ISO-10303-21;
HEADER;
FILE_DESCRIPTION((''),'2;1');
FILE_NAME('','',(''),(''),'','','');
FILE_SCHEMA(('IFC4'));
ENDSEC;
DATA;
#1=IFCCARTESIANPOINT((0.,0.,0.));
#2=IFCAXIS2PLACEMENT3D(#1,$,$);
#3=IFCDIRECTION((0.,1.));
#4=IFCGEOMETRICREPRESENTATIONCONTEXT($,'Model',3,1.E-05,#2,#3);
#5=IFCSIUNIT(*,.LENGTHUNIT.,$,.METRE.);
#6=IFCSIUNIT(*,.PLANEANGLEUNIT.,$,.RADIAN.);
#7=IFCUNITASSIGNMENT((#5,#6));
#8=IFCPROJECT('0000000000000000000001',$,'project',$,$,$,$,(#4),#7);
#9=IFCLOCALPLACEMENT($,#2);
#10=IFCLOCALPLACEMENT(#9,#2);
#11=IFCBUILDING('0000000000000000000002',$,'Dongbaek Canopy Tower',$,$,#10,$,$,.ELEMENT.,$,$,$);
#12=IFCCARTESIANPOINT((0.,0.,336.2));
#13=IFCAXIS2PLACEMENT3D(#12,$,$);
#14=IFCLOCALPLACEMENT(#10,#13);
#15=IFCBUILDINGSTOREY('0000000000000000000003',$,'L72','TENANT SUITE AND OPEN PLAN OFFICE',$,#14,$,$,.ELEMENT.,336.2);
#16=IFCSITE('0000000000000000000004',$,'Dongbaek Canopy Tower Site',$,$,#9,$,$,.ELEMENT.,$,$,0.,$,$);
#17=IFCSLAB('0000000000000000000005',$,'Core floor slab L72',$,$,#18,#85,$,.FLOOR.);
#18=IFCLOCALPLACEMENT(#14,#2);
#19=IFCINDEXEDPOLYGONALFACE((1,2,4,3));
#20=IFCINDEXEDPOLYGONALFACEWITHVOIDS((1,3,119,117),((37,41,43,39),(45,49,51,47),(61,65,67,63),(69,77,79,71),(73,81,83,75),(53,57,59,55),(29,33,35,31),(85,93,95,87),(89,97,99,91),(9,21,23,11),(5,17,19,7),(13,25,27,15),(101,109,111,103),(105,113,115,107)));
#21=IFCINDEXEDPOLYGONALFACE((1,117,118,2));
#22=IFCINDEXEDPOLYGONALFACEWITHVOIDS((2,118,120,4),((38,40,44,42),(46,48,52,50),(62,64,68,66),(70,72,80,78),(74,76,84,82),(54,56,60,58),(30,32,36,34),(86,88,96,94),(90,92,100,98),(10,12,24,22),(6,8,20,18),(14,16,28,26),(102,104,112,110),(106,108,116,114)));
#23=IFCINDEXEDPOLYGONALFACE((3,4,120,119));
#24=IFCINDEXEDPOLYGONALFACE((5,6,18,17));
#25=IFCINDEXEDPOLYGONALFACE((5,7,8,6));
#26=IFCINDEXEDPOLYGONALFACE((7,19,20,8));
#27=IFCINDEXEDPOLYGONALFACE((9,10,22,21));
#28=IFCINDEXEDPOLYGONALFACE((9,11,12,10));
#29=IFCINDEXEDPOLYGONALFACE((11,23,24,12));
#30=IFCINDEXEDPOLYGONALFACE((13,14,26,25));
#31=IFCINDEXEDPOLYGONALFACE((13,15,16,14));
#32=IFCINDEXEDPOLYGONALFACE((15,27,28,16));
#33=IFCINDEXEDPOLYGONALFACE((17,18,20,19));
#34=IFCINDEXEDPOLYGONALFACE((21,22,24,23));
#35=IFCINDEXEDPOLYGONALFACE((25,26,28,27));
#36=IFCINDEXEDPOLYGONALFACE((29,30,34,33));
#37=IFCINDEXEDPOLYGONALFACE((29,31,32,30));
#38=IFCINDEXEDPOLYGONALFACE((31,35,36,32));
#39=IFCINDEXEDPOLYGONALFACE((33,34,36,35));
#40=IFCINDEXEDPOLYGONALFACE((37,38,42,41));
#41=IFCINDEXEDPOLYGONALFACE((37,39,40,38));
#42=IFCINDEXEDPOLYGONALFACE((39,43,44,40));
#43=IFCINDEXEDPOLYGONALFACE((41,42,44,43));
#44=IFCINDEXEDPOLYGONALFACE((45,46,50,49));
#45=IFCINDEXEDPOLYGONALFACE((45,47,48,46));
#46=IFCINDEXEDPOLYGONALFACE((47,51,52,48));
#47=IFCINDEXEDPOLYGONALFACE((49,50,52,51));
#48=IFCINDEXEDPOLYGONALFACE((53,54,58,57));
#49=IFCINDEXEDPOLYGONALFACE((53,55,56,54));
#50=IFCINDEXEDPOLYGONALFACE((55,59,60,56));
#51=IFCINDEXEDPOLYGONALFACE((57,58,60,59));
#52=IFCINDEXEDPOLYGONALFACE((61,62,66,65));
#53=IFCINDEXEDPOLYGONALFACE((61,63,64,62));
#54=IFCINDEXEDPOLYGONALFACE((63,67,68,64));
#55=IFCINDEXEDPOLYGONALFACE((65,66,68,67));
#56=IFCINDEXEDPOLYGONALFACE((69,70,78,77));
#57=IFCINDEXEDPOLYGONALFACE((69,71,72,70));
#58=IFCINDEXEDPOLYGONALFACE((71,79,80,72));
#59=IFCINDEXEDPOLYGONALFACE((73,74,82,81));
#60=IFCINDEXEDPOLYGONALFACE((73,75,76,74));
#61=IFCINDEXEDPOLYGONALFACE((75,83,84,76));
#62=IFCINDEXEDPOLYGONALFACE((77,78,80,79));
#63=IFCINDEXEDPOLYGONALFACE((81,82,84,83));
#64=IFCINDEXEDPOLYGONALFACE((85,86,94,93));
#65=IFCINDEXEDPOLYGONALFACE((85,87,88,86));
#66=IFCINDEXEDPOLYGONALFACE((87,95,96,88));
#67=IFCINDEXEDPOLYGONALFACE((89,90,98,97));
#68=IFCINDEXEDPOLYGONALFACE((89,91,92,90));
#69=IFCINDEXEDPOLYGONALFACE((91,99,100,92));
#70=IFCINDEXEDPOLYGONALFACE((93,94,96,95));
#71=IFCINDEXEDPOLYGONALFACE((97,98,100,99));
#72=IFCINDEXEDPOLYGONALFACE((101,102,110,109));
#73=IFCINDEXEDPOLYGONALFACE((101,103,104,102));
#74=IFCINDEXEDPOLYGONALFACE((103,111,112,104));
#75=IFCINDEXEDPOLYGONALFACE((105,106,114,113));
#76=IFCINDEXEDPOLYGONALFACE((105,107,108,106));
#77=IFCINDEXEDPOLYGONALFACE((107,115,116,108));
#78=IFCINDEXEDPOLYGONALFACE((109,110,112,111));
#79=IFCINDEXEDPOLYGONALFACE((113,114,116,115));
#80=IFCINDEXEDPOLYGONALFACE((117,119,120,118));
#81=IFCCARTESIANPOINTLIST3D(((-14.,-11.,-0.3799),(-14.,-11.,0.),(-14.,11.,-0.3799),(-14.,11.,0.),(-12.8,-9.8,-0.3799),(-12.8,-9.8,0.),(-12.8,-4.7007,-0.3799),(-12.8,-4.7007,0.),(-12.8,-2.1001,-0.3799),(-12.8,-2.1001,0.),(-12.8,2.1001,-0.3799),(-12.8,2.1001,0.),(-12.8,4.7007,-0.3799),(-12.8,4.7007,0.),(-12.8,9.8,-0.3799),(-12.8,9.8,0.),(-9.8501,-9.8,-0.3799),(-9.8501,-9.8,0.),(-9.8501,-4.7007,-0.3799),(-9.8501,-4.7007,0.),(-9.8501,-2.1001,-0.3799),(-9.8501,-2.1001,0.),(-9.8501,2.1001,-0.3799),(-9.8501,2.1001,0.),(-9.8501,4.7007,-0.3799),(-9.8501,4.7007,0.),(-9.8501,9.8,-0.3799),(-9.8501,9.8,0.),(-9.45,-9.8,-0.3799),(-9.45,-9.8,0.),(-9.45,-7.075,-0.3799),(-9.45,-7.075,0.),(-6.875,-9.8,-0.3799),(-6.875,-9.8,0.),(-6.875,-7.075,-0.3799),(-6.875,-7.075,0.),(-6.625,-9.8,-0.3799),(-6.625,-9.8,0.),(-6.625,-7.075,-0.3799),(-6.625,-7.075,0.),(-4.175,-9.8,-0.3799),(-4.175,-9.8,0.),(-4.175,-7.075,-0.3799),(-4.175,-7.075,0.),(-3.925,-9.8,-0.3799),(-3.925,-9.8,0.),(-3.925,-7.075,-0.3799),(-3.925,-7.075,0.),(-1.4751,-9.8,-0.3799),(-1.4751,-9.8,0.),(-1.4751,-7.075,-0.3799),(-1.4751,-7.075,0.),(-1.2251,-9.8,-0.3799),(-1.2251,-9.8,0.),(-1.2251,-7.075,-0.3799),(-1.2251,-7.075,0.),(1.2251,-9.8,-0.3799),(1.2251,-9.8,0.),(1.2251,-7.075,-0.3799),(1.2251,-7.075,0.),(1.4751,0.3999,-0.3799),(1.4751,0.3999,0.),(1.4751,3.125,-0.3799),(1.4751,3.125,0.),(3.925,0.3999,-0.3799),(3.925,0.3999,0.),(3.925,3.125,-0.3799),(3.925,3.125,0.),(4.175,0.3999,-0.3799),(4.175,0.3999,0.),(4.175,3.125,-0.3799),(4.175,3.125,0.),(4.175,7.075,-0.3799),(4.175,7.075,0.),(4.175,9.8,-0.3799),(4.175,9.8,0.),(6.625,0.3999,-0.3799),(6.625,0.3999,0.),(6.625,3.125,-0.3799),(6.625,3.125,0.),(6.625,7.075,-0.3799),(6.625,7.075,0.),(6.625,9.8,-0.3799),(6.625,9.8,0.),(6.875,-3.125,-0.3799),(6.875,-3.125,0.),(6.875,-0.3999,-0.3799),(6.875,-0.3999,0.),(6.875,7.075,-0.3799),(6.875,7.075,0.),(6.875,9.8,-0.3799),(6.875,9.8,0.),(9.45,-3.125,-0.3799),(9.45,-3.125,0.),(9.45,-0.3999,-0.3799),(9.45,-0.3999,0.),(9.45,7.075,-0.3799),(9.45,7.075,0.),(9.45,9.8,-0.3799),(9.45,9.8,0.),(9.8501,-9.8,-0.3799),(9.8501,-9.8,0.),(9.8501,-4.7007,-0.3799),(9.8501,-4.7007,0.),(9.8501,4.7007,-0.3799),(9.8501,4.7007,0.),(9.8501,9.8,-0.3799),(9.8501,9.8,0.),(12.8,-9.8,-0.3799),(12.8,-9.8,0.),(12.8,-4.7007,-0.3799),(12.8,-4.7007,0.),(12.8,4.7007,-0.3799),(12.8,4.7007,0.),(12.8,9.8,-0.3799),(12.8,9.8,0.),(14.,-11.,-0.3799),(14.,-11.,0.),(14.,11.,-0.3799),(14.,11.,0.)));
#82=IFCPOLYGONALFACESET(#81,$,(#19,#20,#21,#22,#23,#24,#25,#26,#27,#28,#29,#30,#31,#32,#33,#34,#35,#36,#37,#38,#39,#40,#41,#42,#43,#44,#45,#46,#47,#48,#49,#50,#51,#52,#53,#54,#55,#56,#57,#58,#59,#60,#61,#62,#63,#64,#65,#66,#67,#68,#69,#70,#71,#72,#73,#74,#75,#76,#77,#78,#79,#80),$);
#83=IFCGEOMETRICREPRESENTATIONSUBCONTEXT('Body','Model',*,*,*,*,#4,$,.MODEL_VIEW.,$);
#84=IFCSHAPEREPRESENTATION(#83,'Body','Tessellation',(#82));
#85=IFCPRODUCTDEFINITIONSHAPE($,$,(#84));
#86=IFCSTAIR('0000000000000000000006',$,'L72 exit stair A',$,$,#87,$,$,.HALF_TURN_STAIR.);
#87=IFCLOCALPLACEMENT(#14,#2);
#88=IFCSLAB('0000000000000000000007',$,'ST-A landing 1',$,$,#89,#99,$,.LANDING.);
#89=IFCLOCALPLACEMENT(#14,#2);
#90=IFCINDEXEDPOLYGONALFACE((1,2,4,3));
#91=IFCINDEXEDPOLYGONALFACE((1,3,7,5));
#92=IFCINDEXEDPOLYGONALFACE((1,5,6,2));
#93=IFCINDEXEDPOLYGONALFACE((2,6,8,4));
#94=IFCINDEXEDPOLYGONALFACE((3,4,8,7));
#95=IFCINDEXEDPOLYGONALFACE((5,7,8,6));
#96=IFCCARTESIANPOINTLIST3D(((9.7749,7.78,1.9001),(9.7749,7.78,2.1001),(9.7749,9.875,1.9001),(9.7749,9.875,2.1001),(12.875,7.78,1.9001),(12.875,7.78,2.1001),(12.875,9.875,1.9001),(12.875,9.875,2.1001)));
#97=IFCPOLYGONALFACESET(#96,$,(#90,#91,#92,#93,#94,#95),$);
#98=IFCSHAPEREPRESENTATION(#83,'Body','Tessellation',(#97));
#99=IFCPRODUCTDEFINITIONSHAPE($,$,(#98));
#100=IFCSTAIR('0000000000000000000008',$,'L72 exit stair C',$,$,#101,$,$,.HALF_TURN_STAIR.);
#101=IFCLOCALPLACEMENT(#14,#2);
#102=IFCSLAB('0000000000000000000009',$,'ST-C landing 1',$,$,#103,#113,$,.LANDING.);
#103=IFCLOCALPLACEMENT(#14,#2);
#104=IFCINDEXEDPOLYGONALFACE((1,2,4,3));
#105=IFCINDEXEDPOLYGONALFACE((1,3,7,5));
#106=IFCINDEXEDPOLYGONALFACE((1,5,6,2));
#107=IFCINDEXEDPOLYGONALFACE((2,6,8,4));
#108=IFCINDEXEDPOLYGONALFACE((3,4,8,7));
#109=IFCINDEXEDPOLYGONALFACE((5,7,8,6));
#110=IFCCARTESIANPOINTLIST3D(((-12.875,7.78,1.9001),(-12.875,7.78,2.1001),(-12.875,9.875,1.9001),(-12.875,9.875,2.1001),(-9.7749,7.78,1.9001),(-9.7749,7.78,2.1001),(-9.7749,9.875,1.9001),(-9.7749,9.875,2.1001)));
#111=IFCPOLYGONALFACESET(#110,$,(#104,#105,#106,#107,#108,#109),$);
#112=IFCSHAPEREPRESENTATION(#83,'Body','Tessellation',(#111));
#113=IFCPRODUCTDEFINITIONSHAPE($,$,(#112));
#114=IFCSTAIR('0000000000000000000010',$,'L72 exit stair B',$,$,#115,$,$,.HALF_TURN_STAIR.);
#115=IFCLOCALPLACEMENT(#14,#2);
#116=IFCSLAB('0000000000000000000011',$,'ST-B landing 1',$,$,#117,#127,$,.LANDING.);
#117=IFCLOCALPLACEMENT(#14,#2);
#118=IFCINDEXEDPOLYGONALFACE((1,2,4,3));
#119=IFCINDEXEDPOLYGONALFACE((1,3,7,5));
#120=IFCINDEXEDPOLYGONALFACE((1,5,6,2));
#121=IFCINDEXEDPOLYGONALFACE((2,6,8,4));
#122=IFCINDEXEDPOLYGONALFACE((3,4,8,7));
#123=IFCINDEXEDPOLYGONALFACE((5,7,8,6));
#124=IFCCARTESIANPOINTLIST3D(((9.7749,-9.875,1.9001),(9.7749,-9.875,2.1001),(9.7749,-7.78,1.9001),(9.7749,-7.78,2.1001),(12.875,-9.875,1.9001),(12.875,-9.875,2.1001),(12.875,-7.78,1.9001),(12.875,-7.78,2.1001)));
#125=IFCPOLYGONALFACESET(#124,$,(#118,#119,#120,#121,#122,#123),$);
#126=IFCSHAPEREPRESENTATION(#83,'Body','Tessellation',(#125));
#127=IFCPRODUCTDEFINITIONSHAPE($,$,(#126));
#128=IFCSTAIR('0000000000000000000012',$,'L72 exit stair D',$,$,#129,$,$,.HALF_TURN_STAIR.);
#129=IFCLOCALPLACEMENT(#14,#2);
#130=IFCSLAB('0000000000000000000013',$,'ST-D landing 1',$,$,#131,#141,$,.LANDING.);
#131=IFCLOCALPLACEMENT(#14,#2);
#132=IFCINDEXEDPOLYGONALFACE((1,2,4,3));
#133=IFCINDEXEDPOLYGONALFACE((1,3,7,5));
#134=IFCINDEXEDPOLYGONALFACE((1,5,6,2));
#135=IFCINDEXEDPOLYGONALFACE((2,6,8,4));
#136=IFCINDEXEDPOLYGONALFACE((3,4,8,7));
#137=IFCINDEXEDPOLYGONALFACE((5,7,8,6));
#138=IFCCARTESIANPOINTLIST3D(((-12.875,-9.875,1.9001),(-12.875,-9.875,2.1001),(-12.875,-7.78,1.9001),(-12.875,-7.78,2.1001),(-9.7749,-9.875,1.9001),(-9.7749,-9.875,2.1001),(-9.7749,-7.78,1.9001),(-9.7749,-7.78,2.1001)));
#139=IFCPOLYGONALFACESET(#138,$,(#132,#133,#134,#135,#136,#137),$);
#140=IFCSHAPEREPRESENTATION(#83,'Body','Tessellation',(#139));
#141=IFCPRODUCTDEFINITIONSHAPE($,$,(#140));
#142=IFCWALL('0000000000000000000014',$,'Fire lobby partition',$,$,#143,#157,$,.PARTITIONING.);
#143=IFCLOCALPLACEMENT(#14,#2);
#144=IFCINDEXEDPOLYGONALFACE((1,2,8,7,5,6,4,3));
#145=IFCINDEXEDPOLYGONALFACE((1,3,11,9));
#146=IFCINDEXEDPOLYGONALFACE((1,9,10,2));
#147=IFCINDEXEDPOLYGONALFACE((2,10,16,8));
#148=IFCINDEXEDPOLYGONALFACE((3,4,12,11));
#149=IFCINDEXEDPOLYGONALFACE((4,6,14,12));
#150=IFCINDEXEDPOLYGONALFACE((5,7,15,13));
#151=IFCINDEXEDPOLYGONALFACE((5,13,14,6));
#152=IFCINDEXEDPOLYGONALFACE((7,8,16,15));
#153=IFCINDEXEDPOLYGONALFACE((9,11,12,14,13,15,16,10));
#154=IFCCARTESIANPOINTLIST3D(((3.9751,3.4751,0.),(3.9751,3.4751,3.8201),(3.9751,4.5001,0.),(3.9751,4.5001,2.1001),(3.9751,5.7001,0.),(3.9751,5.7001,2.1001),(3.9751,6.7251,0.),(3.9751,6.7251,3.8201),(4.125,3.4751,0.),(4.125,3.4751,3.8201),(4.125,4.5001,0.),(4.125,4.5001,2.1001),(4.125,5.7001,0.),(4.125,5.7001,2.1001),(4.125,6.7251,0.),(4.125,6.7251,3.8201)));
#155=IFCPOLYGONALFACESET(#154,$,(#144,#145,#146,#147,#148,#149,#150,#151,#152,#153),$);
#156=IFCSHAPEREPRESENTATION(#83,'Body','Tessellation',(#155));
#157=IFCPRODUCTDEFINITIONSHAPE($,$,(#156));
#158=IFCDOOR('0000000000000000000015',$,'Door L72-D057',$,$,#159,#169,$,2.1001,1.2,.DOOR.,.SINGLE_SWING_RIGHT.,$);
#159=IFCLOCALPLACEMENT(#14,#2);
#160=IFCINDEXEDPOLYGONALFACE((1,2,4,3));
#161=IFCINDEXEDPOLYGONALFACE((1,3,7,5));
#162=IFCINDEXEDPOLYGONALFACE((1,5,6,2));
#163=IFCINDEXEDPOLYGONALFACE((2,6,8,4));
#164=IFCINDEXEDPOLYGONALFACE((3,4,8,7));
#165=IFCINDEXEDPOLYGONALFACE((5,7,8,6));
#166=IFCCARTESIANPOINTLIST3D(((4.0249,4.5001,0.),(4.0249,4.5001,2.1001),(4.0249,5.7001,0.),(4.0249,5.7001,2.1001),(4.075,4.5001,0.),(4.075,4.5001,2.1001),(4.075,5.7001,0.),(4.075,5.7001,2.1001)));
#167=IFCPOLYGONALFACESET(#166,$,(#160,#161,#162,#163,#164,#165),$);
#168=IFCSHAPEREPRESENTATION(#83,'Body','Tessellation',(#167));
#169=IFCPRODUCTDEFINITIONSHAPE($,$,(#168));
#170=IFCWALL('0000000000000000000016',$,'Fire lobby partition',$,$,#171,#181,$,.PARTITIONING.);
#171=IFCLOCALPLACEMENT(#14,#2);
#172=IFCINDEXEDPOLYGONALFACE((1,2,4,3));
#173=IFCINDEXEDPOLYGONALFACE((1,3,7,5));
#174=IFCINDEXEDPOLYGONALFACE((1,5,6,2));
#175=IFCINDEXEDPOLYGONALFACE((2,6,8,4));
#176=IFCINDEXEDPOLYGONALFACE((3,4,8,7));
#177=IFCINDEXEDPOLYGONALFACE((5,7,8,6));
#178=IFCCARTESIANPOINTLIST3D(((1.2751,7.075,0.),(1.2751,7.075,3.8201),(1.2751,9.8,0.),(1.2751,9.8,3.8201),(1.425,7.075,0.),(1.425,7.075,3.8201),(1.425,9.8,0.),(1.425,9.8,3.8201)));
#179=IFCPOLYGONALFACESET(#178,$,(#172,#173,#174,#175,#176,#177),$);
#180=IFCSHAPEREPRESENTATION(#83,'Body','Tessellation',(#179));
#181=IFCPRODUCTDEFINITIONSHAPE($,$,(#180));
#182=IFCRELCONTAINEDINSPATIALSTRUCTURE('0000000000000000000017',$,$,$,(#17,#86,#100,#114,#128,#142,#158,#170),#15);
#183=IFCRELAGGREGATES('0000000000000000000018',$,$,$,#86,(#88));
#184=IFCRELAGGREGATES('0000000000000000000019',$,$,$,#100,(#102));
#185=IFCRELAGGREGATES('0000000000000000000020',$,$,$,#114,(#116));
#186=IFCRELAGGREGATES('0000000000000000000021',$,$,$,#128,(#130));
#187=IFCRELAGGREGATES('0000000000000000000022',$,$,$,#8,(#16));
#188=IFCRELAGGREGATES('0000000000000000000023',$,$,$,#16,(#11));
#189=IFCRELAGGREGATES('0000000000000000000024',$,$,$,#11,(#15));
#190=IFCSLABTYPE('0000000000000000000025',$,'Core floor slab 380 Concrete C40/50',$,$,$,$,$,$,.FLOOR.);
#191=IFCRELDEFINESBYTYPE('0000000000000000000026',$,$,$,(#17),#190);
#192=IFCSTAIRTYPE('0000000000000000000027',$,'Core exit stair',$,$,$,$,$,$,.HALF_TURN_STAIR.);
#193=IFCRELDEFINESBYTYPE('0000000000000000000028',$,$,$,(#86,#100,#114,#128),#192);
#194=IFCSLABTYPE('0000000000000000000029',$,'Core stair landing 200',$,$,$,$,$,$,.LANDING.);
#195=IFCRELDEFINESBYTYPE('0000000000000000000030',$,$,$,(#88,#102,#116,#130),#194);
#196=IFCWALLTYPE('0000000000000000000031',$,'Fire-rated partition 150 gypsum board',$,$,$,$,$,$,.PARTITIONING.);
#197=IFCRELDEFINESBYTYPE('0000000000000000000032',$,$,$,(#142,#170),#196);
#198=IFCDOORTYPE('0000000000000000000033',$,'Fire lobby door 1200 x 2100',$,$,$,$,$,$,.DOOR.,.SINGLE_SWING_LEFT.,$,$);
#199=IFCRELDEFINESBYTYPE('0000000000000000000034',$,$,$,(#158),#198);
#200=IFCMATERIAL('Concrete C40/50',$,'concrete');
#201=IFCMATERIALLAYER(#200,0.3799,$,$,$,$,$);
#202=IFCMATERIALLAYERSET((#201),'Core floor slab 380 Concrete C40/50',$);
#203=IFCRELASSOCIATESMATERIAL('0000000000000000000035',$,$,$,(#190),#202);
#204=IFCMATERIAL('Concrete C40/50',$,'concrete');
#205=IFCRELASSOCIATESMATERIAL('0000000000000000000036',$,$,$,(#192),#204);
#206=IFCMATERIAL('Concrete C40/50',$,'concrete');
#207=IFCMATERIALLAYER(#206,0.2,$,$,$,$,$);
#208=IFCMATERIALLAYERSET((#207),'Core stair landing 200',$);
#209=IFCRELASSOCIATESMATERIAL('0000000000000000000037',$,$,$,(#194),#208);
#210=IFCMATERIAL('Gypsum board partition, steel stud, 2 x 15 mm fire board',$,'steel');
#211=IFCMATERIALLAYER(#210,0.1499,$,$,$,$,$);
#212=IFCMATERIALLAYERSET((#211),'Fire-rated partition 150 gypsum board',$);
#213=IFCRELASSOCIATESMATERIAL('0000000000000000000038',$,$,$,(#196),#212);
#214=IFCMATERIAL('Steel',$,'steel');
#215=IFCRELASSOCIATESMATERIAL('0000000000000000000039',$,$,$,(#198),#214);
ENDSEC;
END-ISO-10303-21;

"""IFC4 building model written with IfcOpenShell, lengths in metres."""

from ifc_helpers import new_model, si_unit, direction, frame, frame_2d, origin, place, context, subcontext, project, spatial, polyline, rectangle, outline, extrude, material, layer, layer_set, type_object, element, fill, aggregate, save


model = new_model("IFC4")

# Units and contexts
model_context = context("Model", 3, precision=1e-05, world=origin(), true_north=direction((0.0, 1.0)))
body_context = subcontext(model_context, "Body", "Model", "MODEL_VIEW")
ifc_project = project(units=[si_unit("LENGTHUNIT", "METRE"), si_unit("PLANEANGLEUNIT", "RADIAN")], contexts=[model_context])

# Site, building, storey
site_placement = place(None, origin())
site = spatial("IfcSite", under=ifc_project, at=site_placement, Name="Dongbaek Canopy Tower Site", CompositionType="ELEMENT", RefElevation=0.0)
building_placement = place(site_placement, origin())
building = spatial("IfcBuilding", under=site, at=building_placement, Name="Dongbaek Canopy Tower", CompositionType="ELEMENT")
storey_placement = place(building_placement, frame((0.0, 0.0, 336.2)))
storey = spatial("IfcBuildingStorey", under=building, at=storey_placement, Name="L72", Description="TENANT SUITE AND OPEN PLAN OFFICE", CompositionType="ELEMENT", Elevation=336.2)

# Slab
ifc_material_1 = material(Name="Concrete C40/50", Category="concrete")
ifc_layer_1 = layer(ifc_material_1, 0.3799)
ifc_layer_set_1 = layer_set([ifc_layer_1], Name="Core floor slab 380 Concrete C40/50")
slab_type_1 = type_object("IfcSlabType", Name="Core floor slab 380 Concrete C40/50", PredefinedType="FLOOR", material=ifc_layer_set_1)
slab_1_placement = place(storey_placement, frame((0.0, 0.0, -0.3799)))
element("IfcSlab", 1, at=slab_1_placement, inside=storey, type_object=slab_type_1, Name="Core floor slab L72", PredefinedType="FLOOR", context=body_context, shape_type="SweptSolid", body=[
    extrude(outline(polyline([(14.0, -11.0), (14.0, 11.0), (-14.0, 11.0), (-14.0, -11.0), (14.0, -11.0)]), holes=[polyline([(-12.8, 2.1001), (-9.8501, 2.1001), (-9.8501, -2.1001), (-12.8, -2.1001), (-12.8, 2.1001)]), polyline([(6.625, 9.8), (6.625, 7.075), (4.175, 7.075), (4.175, 9.8), (6.625, 9.8)]), polyline([(9.45, 7.075), (6.875, 7.075), (6.875, 9.8), (9.45, 9.8), (9.45, 7.075)]), polyline([(1.4751, 0.3999), (1.4751, 3.125), (3.925, 3.125), (3.925, 0.3999), (1.4751, 0.3999)]), polyline([(4.175, 0.3999), (4.175, 3.125), (6.625, 3.125), (6.625, 0.3999), (4.175, 0.3999)]), polyline([(9.45, -3.125), (6.875, -3.125), (6.875, -0.3999), (9.45, -0.3999), (9.45, -3.125)]), polyline([(-9.45, -7.075), (-6.875, -7.075), (-6.875, -9.8), (-9.45, -9.8), (-9.45, -7.075)]), polyline([(-6.625, -9.8), (-6.625, -7.075), (-4.175, -7.075), (-4.175, -9.8), (-6.625, -9.8)]), polyline([(-3.925, -9.8), (-3.925, -7.075), (-1.4751, -7.075), (-1.4751, -9.8), (-3.925, -9.8)]), polyline([(-1.2251, -9.8), (-1.2251, -7.075), (1.2251, -7.075), (1.2251, -9.8), (-1.2251, -9.8)]), polyline([(12.8, 4.7007), (12.8, 9.8), (9.8501, 9.8), (9.8501, 4.7007), (12.8, 4.7007)]), polyline([(-9.8501, 4.7007), (-9.8501, 9.8), (-12.8, 9.8), (-12.8, 4.7007), (-9.8501, 4.7007)]), polyline([(9.8501, -4.7007), (9.8501, -9.8), (12.8, -9.8), (12.8, -4.7007), (9.8501, -4.7007)]), polyline([(-12.8, -4.7007), (-12.8, -9.8), (-9.8501, -9.8), (-9.8501, -4.7007), (-12.8, -4.7007)])]), origin(), (0.0, 0.0, 1.0), 0.3799),
])

# Stairs, slabs
ifc_material_2 = material(Name="Concrete C40/50", Category="concrete")
stair_type = type_object("IfcStairType", Name="Core exit stair", PredefinedType="HALF_TURN_STAIR", material=ifc_material_2)
stair_1_placement = place(storey_placement, origin())
stair_1 = element("IfcStair", 2, at=stair_1_placement, inside=storey, type_object=stair_type, Name="L72 exit stair A", PredefinedType="HALF_TURN_STAIR")
ifc_material_3 = material(Name="Concrete C40/50", Category="concrete")
ifc_layer_2 = layer(ifc_material_3, 0.2)
ifc_layer_set_2 = layer_set([ifc_layer_2], Name="Core stair landing 200")
slab_type_2 = type_object("IfcSlabType", Name="Core stair landing 200", PredefinedType="LANDING", material=ifc_layer_set_2)
slab_2_placement = place(storey_placement, frame((0.0, 0.0, 1.9001)))
slab_2 = element("IfcSlab", 3, at=slab_2_placement, type_object=slab_type_2, Name="ST-A landing 1", PredefinedType="LANDING", context=body_context, shape_type="SweptSolid", body=[
    extrude(outline(polyline([(12.875, 7.78), (12.875, 9.875), (9.7749, 9.875), (9.7749, 7.78), (12.875, 7.78)])), origin(), (0.0, 0.0, 1.0), 0.2),
])
aggregate(stair_1, [slab_2])
stair_2_placement = place(storey_placement, origin())
stair_2 = element("IfcStair", 4, at=stair_2_placement, inside=storey, type_object=stair_type, Name="L72 exit stair C", PredefinedType="HALF_TURN_STAIR")
slab_3_placement = place(storey_placement, frame((0.0, 0.0, 1.9001)))
slab_3 = element("IfcSlab", 5, at=slab_3_placement, type_object=slab_type_2, Name="ST-C landing 1", PredefinedType="LANDING", context=body_context, shape_type="SweptSolid", body=[
    extrude(outline(polyline([(-9.7749, 7.78), (-9.7749, 9.875), (-12.875, 9.875), (-12.875, 7.78), (-9.7749, 7.78)])), origin(), (0.0, 0.0, 1.0), 0.2),
])
aggregate(stair_2, [slab_3])
stair_3_placement = place(storey_placement, origin())
stair_3 = element("IfcStair", 6, at=stair_3_placement, inside=storey, type_object=stair_type, Name="L72 exit stair B", PredefinedType="HALF_TURN_STAIR")
slab_4_placement = place(storey_placement, frame((0.0, 0.0, 1.9001)))
slab_4 = element("IfcSlab", 7, at=slab_4_placement, type_object=slab_type_2, Name="ST-B landing 1", PredefinedType="LANDING", context=body_context, shape_type="SweptSolid", body=[
    extrude(outline(polyline([(9.7749, -7.78), (9.7749, -9.875), (12.875, -9.875), (12.875, -7.78), (9.7749, -7.78)])), origin(), (0.0, 0.0, 1.0), 0.2),
])
aggregate(stair_3, [slab_4])
stair_4_placement = place(storey_placement, origin())
stair_4 = element("IfcStair", 8, at=stair_4_placement, inside=storey, type_object=stair_type, Name="L72 exit stair D", PredefinedType="HALF_TURN_STAIR")
slab_5_placement = place(storey_placement, frame((0.0, 0.0, 1.9001)))
slab_5 = element("IfcSlab", 9, at=slab_5_placement, type_object=slab_type_2, Name="ST-D landing 1", PredefinedType="LANDING", context=body_context, shape_type="SweptSolid", body=[
    extrude(outline(polyline([(-12.875, -7.78), (-12.875, -9.875), (-9.7749, -9.875), (-9.7749, -7.78), (-12.875, -7.78)])), origin(), (0.0, 0.0, 1.0), 0.2),
])
aggregate(stair_4, [slab_5])

# Wall, opening, door
ifc_material_4 = material(Name="Gypsum board partition, steel stud, 2 x 15 mm fire board", Category="steel")
ifc_layer_3 = layer(ifc_material_4, 0.1499)
ifc_layer_set_3 = layer_set([ifc_layer_3], Name="Fire-rated partition 150 gypsum board")
wall_type_1 = type_object("IfcWallType", Name="Fire-rated partition 150 gypsum board", PredefinedType="PARTITIONING", material=ifc_layer_set_3)
wall_1_placement = place(storey_placement, frame((4.05, 6.7251, 0.0), z_axis=(0.0, 0.0, 1.0), x_axis=(0.0, -1.0, 0.0)))
wall_1 = element("IfcWall", 10, at=wall_1_placement, inside=storey, type_object=wall_type_1, Name="Fire lobby partition", PredefinedType="PARTITIONING", context=body_context, shape_type="SweptSolid", body=[
    extrude(rectangle(XDim=3.25, YDim=0.1499, at=frame_2d((1.625, 0.0))), origin(), (0.0, 0.0, 1.0), 3.8201),
])
opening_1_placement = place(wall_1_placement, frame((1.0249, 0.0, 0.0)))
opening_1 = element("IfcOpeningElement", 11, at=opening_1_placement, cuts=wall_1, PredefinedType="OPENING", context=body_context, shape_type="SweptSolid", body=[
    extrude(rectangle(XDim=1.2, YDim=2.1001, at=frame_2d((0.6001, 1.05))), frame((0.0, 0.085, 0.0), z_axis=(0.0, -1.0, 0.0), x_axis=(1.0, 0.0, 0.0)), (0.0, 0.0, 1.0), 0.1699),
])
ifc_material_5 = material(Name="Steel", Category="steel")
door_type = type_object("IfcDoorType", Name="Fire lobby door 1200 x 2100", OperationType="SINGLE_SWING_LEFT", PredefinedType="DOOR", material=ifc_material_5)
door_1_placement = place(opening_1_placement, origin())
door_1 = element("IfcDoor", 12, at=door_1_placement, inside=storey, type_object=door_type, Name="Door L72-D057", OperationType="SINGLE_SWING_RIGHT", OverallHeight=2.1001, OverallWidth=1.2, PredefinedType="DOOR", context=body_context, shape_type="SweptSolid", body=[
    extrude(rectangle(XDim=1.2, YDim=2.1001, at=frame_2d((0.6001, 1.05))), frame((0.0, 0.0249, 0.0), z_axis=(0.0, -1.0, 0.0), x_axis=(1.0, 0.0, 0.0)), (0.0, 0.0, 1.0), 0.05),
])
fill(opening_1, door_1)

# Wall
wall_2_placement = place(storey_placement, frame((1.3501, 7.075, 0.0), z_axis=(0.0, 0.0, 1.0), x_axis=(0.0, 1.0, 0.0)))
element("IfcWall", 13, at=wall_2_placement, inside=storey, type_object=wall_type_1, Name="Fire lobby partition", PredefinedType="PARTITIONING", context=body_context, shape_type="SweptSolid", body=[
    extrude(rectangle(XDim=2.7251, YDim=0.1499, at=frame_2d((1.3625, 0.0))), origin(), (0.0, 0.0, 1.0), 3.8201),
])

save(model, "model.ifc")
